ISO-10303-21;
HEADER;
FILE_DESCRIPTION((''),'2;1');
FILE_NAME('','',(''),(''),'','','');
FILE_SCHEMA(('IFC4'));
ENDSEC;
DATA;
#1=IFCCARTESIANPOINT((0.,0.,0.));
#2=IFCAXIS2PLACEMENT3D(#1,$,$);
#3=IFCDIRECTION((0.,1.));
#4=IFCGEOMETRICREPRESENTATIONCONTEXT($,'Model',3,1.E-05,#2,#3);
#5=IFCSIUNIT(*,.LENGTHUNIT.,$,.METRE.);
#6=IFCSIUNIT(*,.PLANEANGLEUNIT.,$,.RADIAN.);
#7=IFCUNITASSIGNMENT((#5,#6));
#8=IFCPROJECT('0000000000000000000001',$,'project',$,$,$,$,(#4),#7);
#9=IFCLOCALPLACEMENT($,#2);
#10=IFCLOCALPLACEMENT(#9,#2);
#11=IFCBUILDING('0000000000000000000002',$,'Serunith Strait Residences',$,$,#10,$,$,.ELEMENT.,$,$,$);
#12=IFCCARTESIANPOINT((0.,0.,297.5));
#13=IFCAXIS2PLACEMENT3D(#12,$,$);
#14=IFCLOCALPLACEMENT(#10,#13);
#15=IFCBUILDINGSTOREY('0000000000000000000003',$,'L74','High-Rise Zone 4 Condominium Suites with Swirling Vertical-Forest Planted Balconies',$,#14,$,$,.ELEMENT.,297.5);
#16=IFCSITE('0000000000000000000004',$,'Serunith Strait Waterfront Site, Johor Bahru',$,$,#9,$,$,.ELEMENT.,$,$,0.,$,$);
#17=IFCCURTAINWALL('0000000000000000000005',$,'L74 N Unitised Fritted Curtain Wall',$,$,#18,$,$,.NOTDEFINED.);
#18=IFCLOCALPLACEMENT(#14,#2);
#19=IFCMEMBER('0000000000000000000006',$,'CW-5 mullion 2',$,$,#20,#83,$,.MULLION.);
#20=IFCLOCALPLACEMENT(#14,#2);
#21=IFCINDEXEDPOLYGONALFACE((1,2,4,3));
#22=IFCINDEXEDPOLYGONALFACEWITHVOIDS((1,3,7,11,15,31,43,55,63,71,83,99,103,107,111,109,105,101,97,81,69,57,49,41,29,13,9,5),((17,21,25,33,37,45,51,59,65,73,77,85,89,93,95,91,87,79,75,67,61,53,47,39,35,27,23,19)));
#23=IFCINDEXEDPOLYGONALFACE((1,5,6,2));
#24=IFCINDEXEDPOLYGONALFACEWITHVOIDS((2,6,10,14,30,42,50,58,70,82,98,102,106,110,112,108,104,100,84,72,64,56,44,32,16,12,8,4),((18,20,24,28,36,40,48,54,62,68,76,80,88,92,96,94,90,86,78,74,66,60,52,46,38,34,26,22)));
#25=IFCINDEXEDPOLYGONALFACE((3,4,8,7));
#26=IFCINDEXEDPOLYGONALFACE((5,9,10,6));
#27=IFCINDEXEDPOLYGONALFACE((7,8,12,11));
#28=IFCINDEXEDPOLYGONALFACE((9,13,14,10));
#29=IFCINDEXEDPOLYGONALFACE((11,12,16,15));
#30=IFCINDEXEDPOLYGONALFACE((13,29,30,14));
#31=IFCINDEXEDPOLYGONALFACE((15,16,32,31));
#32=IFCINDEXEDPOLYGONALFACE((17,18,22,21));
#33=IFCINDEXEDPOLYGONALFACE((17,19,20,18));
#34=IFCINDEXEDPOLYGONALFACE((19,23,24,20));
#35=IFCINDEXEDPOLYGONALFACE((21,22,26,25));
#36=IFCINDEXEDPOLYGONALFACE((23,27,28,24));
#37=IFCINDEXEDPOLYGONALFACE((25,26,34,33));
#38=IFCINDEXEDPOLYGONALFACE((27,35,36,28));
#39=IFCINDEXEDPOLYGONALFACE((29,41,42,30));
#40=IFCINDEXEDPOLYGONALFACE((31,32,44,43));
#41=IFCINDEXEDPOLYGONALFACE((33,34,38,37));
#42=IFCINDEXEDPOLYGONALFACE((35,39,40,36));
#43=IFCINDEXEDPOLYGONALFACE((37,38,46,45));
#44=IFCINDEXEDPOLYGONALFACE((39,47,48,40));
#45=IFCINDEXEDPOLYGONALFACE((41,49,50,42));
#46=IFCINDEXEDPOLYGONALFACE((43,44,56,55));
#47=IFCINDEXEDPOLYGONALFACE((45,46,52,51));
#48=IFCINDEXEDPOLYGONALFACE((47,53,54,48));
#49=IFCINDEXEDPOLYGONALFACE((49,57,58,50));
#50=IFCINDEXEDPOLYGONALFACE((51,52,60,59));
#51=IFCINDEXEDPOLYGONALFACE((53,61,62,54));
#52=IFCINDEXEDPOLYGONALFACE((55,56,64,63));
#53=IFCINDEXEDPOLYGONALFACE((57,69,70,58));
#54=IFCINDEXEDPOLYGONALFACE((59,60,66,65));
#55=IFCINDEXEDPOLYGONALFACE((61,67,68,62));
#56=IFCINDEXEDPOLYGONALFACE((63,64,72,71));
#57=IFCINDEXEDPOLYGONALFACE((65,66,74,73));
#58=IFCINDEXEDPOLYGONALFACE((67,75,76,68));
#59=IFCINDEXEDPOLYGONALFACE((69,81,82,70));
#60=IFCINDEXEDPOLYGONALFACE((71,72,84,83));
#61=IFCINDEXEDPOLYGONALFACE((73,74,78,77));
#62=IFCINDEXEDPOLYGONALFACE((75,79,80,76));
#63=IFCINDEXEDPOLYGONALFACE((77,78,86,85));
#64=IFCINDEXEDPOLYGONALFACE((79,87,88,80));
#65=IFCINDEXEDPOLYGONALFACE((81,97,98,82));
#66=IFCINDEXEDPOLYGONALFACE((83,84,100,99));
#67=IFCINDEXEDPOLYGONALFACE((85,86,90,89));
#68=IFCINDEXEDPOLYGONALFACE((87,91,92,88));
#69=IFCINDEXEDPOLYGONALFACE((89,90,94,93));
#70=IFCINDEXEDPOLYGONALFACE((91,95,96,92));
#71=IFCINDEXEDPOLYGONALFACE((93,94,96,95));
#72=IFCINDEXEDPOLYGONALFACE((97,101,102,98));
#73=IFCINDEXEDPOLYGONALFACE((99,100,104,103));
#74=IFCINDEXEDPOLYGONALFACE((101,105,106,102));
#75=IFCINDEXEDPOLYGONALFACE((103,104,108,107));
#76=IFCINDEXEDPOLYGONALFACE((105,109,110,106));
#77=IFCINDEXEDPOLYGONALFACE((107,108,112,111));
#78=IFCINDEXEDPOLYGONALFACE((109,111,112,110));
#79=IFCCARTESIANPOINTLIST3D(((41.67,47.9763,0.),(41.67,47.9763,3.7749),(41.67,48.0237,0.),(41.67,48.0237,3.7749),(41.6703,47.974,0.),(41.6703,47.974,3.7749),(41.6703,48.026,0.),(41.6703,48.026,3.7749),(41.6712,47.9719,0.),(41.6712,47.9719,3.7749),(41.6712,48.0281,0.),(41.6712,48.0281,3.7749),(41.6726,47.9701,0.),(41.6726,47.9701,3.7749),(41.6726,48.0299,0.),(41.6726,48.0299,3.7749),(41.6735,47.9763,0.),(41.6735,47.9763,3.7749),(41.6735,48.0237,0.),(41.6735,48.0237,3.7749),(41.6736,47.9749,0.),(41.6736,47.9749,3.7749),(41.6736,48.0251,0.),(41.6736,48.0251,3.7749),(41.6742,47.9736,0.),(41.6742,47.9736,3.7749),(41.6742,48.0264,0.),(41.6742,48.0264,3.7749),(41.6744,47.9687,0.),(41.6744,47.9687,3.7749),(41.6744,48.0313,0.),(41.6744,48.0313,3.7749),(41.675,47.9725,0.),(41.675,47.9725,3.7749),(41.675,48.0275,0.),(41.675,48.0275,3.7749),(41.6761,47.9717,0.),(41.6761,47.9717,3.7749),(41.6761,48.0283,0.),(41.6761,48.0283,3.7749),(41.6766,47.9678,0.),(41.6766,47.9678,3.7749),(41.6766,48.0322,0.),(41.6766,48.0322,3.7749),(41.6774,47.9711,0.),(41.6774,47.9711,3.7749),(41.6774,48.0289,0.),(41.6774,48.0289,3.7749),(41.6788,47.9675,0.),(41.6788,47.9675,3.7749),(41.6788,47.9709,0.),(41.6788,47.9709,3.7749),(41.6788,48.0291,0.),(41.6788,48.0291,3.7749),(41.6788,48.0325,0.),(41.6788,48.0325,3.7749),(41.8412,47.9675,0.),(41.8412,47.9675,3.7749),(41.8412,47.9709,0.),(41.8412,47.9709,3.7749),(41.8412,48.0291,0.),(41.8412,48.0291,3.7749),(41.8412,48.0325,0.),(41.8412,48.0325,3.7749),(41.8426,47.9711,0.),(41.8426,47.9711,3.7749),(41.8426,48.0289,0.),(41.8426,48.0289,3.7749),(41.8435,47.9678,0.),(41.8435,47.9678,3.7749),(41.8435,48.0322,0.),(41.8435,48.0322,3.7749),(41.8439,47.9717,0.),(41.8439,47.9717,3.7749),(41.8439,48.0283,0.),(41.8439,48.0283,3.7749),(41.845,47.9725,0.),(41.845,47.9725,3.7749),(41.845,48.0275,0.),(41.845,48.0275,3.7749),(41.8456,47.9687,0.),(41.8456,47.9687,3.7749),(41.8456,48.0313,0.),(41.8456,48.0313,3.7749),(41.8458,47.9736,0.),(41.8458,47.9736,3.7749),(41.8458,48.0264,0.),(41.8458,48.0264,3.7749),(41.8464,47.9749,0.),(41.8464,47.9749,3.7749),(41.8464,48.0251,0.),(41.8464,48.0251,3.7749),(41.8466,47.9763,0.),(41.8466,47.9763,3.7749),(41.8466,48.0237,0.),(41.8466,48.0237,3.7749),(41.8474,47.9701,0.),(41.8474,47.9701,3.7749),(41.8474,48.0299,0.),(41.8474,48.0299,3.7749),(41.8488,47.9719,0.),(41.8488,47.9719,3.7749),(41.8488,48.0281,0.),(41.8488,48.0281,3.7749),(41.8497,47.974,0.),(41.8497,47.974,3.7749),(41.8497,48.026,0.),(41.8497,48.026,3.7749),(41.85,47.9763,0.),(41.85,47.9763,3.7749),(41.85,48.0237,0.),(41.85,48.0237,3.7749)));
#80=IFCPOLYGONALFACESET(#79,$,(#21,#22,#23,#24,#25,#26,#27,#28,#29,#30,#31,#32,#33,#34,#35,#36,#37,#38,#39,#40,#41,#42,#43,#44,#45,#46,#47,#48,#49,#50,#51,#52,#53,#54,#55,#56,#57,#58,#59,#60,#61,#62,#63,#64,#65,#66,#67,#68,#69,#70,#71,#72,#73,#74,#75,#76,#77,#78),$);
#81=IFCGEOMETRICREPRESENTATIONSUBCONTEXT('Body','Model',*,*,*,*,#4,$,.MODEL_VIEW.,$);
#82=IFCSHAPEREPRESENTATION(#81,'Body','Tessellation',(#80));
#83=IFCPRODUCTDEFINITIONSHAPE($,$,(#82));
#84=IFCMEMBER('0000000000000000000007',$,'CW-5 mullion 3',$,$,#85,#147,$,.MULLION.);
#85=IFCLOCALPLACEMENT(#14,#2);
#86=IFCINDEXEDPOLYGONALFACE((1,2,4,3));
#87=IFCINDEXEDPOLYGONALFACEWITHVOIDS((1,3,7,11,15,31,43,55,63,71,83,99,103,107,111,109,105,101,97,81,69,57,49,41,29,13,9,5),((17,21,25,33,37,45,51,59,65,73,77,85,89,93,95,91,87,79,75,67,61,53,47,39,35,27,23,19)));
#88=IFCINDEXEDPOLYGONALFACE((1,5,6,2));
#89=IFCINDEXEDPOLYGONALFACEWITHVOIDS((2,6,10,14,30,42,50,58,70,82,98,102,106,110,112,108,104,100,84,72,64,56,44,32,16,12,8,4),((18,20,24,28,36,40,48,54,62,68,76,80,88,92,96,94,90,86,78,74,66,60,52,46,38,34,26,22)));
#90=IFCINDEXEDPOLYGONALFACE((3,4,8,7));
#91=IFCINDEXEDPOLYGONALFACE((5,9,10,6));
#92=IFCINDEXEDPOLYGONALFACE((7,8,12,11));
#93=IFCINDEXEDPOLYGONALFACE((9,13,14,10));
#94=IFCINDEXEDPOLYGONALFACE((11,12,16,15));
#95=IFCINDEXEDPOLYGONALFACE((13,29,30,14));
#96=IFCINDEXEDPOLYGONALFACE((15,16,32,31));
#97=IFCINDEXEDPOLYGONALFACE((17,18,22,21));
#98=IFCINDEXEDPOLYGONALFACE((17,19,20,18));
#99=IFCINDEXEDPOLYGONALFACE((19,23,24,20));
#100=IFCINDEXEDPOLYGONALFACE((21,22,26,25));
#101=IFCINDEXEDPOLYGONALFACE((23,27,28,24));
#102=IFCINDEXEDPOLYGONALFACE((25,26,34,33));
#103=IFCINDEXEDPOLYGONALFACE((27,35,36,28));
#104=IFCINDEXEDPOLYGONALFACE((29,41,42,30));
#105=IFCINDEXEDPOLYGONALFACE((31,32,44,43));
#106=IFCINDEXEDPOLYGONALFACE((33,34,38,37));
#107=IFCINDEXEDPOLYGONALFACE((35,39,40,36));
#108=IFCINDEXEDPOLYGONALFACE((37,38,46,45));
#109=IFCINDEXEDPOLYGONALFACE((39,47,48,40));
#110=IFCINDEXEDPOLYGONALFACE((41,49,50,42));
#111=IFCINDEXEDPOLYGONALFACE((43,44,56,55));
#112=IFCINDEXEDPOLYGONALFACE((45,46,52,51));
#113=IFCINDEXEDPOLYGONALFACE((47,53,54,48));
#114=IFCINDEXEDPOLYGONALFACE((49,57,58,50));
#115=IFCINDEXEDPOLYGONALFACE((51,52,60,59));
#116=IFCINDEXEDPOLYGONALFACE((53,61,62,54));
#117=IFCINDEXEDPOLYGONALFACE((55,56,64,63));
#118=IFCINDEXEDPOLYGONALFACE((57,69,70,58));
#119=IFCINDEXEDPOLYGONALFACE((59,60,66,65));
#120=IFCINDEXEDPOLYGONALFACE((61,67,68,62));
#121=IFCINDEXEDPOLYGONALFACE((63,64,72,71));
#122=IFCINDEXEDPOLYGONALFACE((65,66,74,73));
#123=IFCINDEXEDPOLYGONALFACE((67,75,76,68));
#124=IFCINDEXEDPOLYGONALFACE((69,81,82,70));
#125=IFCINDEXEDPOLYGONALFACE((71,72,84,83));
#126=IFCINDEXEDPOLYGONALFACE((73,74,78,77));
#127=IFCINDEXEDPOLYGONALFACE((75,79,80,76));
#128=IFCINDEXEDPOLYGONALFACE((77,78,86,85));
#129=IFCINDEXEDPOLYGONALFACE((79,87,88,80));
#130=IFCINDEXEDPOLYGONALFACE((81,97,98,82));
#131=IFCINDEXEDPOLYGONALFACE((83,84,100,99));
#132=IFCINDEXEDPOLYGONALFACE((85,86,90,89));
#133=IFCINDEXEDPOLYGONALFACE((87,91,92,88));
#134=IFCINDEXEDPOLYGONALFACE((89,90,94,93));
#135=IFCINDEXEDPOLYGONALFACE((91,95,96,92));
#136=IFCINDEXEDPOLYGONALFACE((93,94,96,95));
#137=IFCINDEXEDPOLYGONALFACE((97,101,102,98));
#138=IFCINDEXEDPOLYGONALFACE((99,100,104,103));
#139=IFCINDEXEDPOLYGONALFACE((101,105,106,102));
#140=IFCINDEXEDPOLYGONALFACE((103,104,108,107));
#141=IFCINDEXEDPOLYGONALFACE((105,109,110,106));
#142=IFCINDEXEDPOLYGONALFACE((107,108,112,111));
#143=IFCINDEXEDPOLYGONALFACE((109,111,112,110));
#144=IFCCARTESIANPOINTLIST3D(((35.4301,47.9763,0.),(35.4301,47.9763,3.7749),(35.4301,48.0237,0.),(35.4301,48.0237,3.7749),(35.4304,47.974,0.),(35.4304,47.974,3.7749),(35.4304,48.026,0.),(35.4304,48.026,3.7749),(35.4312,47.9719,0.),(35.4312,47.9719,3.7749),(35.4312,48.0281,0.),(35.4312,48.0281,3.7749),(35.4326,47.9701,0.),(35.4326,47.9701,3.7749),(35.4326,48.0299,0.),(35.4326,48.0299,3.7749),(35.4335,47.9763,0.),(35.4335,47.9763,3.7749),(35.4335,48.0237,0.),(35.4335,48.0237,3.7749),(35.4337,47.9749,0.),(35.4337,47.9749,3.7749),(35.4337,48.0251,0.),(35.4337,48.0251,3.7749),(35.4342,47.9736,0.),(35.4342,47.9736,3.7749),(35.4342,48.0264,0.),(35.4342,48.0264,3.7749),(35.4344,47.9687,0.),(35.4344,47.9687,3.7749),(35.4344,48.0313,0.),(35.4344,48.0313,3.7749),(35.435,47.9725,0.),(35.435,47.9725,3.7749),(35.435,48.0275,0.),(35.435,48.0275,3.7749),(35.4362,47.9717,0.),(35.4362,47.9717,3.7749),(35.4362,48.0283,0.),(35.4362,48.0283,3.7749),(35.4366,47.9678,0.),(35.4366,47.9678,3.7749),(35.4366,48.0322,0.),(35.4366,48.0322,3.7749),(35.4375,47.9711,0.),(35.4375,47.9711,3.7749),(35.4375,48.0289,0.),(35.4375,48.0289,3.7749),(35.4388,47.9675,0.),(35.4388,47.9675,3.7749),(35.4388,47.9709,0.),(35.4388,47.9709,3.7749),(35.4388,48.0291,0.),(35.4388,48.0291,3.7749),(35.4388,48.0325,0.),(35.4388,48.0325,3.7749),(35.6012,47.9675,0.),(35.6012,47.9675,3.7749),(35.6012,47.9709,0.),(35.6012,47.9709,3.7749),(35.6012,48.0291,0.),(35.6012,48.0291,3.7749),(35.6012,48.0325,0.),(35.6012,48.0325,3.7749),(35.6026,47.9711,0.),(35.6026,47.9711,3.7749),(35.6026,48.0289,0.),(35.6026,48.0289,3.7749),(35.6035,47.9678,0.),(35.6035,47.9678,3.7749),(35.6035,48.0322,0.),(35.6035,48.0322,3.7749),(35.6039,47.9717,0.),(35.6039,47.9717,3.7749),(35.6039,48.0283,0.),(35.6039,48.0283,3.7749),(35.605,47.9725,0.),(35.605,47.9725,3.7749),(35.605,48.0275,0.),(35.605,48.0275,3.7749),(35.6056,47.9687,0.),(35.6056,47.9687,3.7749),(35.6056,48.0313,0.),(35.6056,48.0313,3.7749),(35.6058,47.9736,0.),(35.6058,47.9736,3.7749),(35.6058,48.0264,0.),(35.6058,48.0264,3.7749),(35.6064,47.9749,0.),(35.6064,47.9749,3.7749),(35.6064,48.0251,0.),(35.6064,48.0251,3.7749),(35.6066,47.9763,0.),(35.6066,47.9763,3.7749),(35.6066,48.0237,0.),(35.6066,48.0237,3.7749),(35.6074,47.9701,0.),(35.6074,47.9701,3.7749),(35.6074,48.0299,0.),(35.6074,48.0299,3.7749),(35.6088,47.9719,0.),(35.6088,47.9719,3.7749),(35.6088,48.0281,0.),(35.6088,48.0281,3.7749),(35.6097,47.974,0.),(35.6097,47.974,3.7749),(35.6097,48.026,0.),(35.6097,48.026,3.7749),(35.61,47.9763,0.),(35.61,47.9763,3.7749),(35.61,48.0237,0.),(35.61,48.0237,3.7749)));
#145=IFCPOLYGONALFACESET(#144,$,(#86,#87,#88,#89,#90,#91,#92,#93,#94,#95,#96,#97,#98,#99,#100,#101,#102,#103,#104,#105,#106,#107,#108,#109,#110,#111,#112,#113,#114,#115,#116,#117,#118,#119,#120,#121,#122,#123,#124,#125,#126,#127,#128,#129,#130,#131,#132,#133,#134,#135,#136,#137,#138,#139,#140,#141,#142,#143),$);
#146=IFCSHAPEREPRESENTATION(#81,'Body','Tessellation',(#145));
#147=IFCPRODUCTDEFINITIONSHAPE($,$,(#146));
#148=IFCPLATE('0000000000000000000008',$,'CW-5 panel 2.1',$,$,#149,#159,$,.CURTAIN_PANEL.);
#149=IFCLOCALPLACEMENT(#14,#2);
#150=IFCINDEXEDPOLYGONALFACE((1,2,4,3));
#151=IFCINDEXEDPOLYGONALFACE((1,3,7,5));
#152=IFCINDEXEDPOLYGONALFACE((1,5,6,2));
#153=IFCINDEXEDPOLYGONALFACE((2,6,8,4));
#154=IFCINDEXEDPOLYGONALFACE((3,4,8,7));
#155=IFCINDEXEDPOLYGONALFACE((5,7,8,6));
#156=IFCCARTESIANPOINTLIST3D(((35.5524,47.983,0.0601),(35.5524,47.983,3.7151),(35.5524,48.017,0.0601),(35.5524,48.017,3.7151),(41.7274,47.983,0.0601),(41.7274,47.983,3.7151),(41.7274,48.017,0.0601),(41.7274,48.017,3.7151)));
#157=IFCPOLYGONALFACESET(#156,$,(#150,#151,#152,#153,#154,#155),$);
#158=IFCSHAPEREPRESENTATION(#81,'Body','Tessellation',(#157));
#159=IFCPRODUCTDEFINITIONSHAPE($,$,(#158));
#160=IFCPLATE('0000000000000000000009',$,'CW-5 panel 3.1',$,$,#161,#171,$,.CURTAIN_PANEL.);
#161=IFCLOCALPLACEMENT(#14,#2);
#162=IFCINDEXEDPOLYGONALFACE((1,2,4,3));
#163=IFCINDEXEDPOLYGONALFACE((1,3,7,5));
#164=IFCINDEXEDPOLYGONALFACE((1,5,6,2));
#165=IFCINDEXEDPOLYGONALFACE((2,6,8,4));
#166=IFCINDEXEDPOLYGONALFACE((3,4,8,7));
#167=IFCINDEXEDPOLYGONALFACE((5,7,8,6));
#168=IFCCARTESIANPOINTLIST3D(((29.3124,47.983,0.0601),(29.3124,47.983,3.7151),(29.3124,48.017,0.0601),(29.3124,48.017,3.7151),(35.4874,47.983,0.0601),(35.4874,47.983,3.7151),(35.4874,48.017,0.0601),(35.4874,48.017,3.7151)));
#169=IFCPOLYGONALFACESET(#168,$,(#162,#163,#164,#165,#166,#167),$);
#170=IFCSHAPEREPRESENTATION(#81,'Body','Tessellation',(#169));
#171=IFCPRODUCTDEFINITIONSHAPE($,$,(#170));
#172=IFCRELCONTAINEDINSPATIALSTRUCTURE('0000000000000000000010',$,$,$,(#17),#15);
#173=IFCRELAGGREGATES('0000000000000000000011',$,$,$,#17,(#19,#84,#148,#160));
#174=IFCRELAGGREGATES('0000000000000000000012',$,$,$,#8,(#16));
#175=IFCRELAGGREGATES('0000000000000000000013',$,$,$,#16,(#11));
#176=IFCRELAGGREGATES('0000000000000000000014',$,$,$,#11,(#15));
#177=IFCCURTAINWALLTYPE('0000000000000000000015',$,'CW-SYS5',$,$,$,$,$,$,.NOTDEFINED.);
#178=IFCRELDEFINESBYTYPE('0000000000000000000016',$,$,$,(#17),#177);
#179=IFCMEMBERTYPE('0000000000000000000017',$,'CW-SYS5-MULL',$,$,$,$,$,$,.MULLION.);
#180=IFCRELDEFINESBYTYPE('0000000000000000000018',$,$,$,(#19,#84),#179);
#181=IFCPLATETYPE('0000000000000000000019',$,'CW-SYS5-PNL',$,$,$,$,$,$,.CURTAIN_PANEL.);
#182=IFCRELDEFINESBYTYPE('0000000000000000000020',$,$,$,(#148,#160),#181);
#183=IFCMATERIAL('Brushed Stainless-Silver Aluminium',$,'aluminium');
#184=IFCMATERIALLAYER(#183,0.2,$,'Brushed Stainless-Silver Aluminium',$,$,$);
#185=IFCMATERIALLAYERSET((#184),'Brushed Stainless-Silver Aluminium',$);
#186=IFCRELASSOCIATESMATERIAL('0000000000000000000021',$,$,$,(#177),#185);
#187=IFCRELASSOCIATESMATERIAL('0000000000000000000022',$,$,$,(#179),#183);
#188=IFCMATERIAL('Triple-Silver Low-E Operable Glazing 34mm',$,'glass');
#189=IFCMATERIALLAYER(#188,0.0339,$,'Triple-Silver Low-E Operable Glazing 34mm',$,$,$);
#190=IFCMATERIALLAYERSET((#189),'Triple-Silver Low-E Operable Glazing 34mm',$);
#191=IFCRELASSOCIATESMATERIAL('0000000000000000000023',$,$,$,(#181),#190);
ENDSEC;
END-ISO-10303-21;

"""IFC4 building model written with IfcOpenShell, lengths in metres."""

from ifc_helpers import new_model, si_unit, direction, frame, origin, origin_2d, place, context, subcontext, project, spatial, rectangle, hollow_rectangle, extrude, source, transform, mapped, material, layer, layer_set, material_profile, profile_set, type_object, element, aggregate, save


model = new_model("IFC4")

# Units and contexts
model_context = context("Model", 3, precision=1e-05, world=origin(), true_north=direction((0.0, 1.0)))
body_context = subcontext(model_context, "Body", "Model", "MODEL_VIEW")
ifc_project = project(units=[si_unit("LENGTHUNIT", "METRE"), si_unit("PLANEANGLEUNIT", "RADIAN")], contexts=[model_context])

# Site, building, storey
site_placement = place(None, origin())
site = spatial("IfcSite", under=ifc_project, at=site_placement, Name="Serunith Strait Waterfront Site, Johor Bahru", CompositionType="ELEMENT", RefElevation=0.0)
building_placement = place(site_placement, origin())
building = spatial("IfcBuilding", under=site, at=building_placement, Name="Serunith Strait Residences", CompositionType="ELEMENT")
storey_placement = place(building_placement, frame((0.0, 0.0, 297.5)))
storey = spatial("IfcBuildingStorey", under=building, at=storey_placement, Name="L74", Description="High-Rise Zone 4 Condominium Suites with Swirling Vertical-Forest Planted Balconies", CompositionType="ELEMENT", Elevation=297.5)

# Curtain wall, members, plates
ifc_material_1 = material(Name="Brushed Stainless-Silver Aluminium", Category="aluminium")
ifc_layer_1 = layer(ifc_material_1, 0.2, Name="Brushed Stainless-Silver Aluminium")
ifc_layer_set_1 = layer_set([ifc_layer_1], Name="Brushed Stainless-Silver Aluminium")
curtain_wall_type = type_object("IfcCurtainWallType", Name="CW-SYS5", PredefinedType="NOTDEFINED", material=ifc_layer_set_1)
curtain_wall_placement = place(storey_placement, origin())
curtain_wall = element("IfcCurtainWall", 1, at=curtain_wall_placement, inside=storey, type_object=curtain_wall_type, Name="L74 N Unitised Fritted Curtain Wall", PredefinedType="NOTDEFINED")
ifc_material_profile_1 = material_profile(ifc_material_1, hollow_rectangle(XDim=0.0649, YDim=0.1799, WallThickness=0.0034, InnerFilletRadius=0.0054, OuterFilletRadius=0.0088, at=origin_2d()), Name="ALU 180x65x3.5")
ifc_profile_set_1 = profile_set([ifc_material_profile_1], Name="Brushed Stainless-Silver Aluminium")
member_type_1 = type_object("IfcMemberType", Name="CW-SYS5-MULL", PredefinedType="MULLION", material=ifc_profile_set_1)
shared_shape_1 = source(origin(), body_context, "Body", "SweptSolid", [
    extrude(hollow_rectangle(XDim=0.0649, YDim=0.1799, WallThickness=0.0034, InnerFilletRadius=0.0054, OuterFilletRadius=0.0088, at=origin_2d()), origin(), (0.0, 0.0, 1.0), 3.7749),
])
member_1_placement = place(storey_placement, frame((41.76, 48.0, 0.0), z_axis=(0.0, 0.0, 1.0), x_axis=(0.0, -1.0, 0.0)))
member_1 = element("IfcMember", 2, at=member_1_placement, type_object=member_type_1, Name="CW-5 mullion 2", PredefinedType="MULLION", context=body_context, shape_type="MappedRepresentation", body=[
    mapped(shared_shape_1, transform((0.0, 0.0, 0.0), scale=1.0)),
])
member_2_placement = place(storey_placement, frame((35.52, 48.0, 0.0), z_axis=(0.0, 0.0, 1.0), x_axis=(0.0, -1.0, 0.0)))
member_2 = element("IfcMember", 3, at=member_2_placement, type_object=member_type_1, Name="CW-5 mullion 3", PredefinedType="MULLION", context=body_context, shape_type="MappedRepresentation", body=[
    mapped(shared_shape_1, transform((0.0, 0.0, 0.0), scale=1.0)),
])
ifc_material_2 = material(Name="Triple-Silver Low-E Operable Glazing 34mm", Category="glass")
ifc_layer_2 = layer(ifc_material_2, 0.0339, Name="Triple-Silver Low-E Operable Glazing 34mm")
ifc_layer_set_2 = layer_set([ifc_layer_2], Name="Triple-Silver Low-E Operable Glazing 34mm")
plate_type = type_object("IfcPlateType", Name="CW-SYS5-PNL", PredefinedType="CURTAIN_PANEL", material=ifc_layer_set_2)
shared_shape_2 = source(origin(), body_context, "Body", "SweptSolid", [
    extrude(rectangle(XDim=6.175, YDim=0.0339, at=origin_2d()), origin(), (0.0, 0.0, 1.0), 3.655),
])
plate_1_placement = place(storey_placement, frame((38.6399, 48.0, 0.0601), z_axis=(0.0, 0.0, 1.0), x_axis=(-1.0, 0.0, 0.0)))
plate_1 = element("IfcPlate", 4, at=plate_1_placement, type_object=plate_type, Name="CW-5 panel 2.1", PredefinedType="CURTAIN_PANEL", context=body_context, shape_type="MappedRepresentation", body=[
    mapped(shared_shape_2, transform((0.0, 0.0, 0.0), scale=1.0)),
])
plate_2_placement = place(storey_placement, frame((32.3999, 48.0, 0.0601), z_axis=(0.0, 0.0, 1.0), x_axis=(-1.0, 0.0, 0.0)))
plate_2 = element("IfcPlate", 5, at=plate_2_placement, type_object=plate_type, Name="CW-5 panel 3.1", PredefinedType="CURTAIN_PANEL", context=body_context, shape_type="MappedRepresentation", body=[
    mapped(shared_shape_2, transform((0.0, 0.0, 0.0), scale=1.0)),
])
aggregate(curtain_wall, [member_1, member_2, plate_1, plate_2])

save(model, "model.ifc")
